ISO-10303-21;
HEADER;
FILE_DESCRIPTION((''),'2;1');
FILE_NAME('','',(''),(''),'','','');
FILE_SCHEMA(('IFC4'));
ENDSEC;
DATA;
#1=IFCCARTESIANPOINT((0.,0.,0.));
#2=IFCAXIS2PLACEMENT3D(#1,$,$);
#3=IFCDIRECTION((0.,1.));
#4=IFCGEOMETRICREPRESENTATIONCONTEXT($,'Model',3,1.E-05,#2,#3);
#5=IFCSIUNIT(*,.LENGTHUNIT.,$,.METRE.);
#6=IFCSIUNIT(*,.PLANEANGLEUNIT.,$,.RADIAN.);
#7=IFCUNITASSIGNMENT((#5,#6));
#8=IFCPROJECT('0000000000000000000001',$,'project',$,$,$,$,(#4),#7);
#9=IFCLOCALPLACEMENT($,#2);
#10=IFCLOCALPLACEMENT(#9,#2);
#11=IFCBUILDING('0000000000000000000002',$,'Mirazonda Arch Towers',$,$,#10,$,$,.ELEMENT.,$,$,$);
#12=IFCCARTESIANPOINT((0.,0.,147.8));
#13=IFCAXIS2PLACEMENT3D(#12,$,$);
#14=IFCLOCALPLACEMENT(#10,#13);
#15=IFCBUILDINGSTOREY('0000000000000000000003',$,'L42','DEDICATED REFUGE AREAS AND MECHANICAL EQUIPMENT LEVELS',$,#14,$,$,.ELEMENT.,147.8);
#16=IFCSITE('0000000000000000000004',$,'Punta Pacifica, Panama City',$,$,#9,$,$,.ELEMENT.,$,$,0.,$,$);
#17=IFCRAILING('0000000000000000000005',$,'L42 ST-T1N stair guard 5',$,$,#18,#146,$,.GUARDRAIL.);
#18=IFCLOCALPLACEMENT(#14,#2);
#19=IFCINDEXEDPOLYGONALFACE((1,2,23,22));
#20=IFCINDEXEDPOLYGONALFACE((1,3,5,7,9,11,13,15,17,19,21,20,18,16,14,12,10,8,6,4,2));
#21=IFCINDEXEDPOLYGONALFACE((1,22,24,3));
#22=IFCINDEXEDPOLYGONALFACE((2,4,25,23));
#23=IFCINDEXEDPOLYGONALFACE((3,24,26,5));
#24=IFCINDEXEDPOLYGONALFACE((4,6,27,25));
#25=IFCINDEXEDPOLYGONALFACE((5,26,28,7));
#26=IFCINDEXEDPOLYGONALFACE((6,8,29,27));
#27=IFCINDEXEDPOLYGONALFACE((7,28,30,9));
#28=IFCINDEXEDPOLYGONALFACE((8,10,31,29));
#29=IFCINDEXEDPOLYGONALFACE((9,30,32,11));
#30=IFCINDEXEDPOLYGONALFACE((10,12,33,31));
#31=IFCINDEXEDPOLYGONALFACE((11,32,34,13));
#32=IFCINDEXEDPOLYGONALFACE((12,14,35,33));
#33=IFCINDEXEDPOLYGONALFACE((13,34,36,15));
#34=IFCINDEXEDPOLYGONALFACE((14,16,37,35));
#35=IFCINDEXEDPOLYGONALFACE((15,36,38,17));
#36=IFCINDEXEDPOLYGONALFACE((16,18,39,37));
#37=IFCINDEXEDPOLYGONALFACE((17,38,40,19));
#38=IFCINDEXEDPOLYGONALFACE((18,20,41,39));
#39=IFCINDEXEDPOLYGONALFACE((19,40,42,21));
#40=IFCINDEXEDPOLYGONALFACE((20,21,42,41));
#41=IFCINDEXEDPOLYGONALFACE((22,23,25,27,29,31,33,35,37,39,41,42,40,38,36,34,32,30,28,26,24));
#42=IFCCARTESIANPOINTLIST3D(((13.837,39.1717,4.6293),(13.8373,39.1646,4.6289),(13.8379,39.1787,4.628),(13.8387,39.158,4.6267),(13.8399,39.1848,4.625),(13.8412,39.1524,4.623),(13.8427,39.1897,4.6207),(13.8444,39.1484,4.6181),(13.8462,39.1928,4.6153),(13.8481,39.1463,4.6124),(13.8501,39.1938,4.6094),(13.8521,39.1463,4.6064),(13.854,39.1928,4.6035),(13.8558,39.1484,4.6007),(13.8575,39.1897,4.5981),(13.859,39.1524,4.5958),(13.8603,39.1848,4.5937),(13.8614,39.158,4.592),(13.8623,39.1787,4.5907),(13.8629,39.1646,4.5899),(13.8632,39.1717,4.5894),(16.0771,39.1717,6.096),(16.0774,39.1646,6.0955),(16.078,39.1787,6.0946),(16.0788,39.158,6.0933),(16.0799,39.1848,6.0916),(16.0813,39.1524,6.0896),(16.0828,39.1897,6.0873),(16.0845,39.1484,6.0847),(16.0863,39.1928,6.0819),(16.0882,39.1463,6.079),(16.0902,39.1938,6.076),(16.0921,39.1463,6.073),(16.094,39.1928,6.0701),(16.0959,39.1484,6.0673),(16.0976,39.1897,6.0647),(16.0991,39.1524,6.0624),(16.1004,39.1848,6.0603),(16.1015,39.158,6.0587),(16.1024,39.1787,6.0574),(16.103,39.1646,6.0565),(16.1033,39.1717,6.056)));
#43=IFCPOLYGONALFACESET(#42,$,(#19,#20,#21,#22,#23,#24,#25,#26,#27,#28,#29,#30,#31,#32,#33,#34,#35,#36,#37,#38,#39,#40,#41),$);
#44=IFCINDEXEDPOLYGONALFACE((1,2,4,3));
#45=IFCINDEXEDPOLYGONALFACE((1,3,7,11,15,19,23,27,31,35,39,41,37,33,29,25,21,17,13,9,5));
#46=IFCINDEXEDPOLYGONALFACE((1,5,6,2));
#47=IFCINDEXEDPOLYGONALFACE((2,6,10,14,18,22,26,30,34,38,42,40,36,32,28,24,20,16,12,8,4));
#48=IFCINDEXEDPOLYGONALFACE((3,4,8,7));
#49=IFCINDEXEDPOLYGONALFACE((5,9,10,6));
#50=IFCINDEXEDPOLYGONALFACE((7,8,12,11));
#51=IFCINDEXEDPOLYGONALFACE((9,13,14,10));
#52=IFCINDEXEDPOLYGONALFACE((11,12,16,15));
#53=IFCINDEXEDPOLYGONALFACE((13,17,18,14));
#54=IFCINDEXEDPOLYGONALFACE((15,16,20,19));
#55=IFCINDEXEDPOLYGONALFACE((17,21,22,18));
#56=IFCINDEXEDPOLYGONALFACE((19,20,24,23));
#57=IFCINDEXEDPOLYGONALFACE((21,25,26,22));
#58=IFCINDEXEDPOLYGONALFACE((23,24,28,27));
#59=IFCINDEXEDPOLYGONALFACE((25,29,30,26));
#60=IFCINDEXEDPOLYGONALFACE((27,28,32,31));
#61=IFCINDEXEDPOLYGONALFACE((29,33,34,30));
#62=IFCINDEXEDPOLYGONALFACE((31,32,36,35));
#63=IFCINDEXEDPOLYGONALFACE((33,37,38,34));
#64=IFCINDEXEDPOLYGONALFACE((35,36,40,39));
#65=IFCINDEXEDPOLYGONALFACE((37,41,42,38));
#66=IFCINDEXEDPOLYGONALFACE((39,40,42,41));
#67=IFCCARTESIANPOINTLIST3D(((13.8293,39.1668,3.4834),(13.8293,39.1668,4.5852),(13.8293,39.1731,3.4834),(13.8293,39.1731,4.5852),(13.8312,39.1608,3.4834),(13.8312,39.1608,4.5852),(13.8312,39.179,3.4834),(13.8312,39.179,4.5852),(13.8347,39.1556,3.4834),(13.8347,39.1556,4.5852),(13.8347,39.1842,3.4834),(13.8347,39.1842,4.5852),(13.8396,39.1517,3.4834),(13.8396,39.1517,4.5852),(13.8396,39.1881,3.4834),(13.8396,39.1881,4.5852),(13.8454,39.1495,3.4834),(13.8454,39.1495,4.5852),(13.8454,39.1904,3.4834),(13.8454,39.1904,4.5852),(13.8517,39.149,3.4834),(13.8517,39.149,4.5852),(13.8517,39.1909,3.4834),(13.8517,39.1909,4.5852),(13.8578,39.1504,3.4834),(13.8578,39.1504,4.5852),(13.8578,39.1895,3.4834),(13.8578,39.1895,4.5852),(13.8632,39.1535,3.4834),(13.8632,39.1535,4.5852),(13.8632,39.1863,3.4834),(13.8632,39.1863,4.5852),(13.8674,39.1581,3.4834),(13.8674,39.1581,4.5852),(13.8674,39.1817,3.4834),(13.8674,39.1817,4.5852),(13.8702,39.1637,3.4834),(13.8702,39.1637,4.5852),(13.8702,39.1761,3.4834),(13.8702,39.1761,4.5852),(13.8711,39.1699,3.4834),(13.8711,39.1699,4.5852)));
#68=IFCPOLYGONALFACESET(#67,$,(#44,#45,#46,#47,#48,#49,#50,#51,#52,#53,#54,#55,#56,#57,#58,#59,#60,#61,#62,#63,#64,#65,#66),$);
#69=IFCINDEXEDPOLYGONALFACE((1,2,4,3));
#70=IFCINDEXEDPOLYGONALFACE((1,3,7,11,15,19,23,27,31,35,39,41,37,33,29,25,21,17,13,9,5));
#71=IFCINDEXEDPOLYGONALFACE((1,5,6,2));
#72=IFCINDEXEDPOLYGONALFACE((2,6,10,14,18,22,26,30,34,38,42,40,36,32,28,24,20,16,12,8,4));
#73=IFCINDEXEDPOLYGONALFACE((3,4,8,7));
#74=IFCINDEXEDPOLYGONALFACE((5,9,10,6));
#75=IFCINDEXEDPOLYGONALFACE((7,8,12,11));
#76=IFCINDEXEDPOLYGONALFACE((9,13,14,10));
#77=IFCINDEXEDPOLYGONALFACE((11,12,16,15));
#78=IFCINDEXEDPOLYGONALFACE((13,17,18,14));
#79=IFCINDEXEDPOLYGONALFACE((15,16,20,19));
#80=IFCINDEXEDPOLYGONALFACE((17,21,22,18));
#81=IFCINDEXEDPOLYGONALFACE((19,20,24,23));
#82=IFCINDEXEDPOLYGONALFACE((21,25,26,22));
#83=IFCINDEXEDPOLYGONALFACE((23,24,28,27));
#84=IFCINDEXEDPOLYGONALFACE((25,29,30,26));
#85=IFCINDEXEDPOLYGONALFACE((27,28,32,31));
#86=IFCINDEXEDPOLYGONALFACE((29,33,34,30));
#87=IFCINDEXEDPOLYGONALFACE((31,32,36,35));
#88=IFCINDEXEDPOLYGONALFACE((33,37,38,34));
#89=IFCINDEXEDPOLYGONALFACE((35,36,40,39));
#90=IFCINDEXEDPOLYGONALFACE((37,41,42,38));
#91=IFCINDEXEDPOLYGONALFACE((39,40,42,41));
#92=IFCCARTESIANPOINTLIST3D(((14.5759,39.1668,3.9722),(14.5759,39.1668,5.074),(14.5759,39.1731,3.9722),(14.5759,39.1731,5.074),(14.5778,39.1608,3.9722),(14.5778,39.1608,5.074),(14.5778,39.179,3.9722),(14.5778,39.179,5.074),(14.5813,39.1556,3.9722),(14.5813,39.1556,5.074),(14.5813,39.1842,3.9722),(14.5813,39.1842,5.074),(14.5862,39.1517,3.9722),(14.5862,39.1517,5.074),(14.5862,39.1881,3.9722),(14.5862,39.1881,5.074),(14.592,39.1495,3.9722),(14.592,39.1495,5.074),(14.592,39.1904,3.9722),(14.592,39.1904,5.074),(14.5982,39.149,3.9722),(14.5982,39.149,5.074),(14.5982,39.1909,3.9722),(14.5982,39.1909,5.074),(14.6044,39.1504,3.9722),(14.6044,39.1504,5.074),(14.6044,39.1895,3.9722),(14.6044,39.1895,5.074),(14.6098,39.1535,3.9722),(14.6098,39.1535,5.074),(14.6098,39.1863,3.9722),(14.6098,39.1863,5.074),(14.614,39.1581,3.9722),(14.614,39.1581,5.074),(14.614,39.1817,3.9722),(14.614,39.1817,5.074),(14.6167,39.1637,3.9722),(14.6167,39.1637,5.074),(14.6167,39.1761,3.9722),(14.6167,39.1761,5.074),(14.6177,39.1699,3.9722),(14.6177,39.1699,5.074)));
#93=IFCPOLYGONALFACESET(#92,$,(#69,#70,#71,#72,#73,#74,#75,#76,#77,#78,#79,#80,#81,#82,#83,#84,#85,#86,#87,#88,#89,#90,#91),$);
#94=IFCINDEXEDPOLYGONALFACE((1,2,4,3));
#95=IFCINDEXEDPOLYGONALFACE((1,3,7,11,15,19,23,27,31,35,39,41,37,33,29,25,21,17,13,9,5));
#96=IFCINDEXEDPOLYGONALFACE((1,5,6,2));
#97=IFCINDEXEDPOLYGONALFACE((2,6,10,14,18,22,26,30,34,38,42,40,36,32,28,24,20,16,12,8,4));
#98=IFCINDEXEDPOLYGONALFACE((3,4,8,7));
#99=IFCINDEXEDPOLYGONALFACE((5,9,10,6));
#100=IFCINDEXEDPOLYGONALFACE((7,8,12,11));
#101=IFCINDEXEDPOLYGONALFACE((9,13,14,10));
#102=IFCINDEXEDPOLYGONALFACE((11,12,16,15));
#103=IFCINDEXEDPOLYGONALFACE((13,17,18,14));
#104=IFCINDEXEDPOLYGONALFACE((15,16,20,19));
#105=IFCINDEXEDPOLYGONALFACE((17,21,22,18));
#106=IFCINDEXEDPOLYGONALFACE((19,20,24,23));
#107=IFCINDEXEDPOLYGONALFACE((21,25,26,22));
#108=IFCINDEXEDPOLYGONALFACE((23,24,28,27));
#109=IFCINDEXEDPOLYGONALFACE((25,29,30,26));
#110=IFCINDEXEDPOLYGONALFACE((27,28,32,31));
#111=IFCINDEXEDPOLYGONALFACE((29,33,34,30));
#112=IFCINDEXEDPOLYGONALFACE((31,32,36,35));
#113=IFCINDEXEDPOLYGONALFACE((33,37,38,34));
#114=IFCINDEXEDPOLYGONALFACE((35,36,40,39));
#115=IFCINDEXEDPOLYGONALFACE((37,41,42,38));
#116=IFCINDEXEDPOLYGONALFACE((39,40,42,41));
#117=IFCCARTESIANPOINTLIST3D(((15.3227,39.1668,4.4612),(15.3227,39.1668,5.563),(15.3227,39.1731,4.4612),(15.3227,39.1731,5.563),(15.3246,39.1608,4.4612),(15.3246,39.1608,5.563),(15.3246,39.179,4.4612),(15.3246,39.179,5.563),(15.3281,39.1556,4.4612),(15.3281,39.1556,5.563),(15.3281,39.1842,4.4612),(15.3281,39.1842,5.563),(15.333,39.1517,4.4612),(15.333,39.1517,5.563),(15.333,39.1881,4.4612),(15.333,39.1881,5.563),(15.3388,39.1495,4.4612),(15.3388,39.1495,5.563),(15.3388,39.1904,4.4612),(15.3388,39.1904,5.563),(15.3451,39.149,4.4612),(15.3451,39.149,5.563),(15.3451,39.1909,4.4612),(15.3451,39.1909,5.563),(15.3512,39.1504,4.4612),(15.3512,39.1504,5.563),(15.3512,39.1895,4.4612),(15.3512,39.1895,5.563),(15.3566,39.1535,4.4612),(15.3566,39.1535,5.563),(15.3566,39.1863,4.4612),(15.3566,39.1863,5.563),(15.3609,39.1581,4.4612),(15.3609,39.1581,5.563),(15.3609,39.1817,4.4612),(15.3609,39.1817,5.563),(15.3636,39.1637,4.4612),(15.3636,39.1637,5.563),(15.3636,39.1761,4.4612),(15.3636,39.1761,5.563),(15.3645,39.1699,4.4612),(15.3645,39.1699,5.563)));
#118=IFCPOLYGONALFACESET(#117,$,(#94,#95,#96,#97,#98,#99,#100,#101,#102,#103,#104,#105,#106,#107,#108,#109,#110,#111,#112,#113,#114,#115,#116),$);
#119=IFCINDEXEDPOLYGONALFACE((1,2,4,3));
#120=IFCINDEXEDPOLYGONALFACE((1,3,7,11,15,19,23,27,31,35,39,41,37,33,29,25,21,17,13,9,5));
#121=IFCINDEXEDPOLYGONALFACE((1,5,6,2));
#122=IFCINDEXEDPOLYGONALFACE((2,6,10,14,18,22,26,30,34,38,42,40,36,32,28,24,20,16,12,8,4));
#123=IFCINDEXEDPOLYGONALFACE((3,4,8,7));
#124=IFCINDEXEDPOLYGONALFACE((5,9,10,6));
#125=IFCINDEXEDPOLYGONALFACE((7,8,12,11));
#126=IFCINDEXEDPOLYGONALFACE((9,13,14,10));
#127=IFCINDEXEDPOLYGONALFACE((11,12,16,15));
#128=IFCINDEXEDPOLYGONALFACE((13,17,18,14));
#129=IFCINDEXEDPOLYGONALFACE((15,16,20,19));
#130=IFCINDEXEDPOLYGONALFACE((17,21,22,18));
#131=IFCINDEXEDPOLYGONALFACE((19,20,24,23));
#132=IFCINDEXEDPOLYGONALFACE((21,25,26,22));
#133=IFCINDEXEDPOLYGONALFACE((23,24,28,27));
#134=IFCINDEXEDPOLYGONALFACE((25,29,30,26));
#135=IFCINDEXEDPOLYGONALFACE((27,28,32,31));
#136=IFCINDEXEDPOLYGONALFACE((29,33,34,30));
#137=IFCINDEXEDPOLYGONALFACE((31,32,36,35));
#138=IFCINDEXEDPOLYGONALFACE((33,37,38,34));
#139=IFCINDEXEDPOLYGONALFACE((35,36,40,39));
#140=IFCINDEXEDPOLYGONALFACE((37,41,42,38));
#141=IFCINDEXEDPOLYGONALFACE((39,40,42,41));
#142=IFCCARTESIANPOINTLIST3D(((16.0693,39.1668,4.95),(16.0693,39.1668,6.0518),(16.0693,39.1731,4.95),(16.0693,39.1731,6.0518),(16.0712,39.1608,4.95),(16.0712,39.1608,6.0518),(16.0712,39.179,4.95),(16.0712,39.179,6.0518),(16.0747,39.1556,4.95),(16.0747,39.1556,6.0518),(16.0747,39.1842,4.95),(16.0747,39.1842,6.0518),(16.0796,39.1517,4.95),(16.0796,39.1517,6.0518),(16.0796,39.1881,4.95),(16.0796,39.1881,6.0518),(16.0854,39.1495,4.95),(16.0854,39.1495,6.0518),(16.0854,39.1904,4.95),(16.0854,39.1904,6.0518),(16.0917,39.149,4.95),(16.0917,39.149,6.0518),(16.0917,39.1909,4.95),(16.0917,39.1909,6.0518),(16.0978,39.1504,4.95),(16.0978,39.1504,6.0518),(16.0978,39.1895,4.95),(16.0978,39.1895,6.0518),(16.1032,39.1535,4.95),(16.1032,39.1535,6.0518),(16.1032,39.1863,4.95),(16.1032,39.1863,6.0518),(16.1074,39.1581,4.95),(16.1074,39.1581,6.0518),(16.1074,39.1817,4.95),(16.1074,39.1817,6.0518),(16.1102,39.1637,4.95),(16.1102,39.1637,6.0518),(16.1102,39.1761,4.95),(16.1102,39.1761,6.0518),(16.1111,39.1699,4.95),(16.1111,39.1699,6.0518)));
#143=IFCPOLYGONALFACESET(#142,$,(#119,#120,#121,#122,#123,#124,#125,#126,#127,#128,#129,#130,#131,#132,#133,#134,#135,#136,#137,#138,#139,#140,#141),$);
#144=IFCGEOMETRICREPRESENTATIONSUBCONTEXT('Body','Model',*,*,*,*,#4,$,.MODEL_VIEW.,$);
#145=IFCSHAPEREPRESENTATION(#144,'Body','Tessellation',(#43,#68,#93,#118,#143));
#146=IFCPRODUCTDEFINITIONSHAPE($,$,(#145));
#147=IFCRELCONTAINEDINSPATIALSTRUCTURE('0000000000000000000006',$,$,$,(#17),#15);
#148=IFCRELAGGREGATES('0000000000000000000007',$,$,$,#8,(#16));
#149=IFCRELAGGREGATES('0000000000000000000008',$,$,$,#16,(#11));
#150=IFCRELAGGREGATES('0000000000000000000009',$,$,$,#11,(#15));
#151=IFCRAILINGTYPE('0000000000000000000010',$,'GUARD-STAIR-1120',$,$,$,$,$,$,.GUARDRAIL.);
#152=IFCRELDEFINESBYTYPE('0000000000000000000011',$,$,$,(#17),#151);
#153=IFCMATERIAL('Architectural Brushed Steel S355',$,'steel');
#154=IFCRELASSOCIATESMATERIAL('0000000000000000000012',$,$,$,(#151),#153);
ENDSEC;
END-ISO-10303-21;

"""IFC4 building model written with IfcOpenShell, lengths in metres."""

from ifc_helpers import new_model, si_unit, direction, frame, origin, origin_2d, place, context, subcontext, project, spatial, circle, extrude, material, type_object, element, save


model = new_model("IFC4")

# Units and contexts
model_context = context("Model", 3, precision=1e-05, world=origin(), true_north=direction((0.0, 1.0)))
body_context = subcontext(model_context, "Body", "Model", "MODEL_VIEW")
ifc_project = project(units=[si_unit("LENGTHUNIT", "METRE"), si_unit("PLANEANGLEUNIT", "RADIAN")], contexts=[model_context])

# Site, building, storey
site_placement = place(None, origin())
site = spatial("IfcSite", under=ifc_project, at=site_placement, Name="Punta Pacifica, Panama City", CompositionType="ELEMENT", RefElevation=0.0)
building_placement = place(site_placement, origin())
building = spatial("IfcBuilding", under=site, at=building_placement, Name="Mirazonda Arch Towers", CompositionType="ELEMENT")
storey_placement = place(building_placement, frame((0.0, 0.0, 147.8)))
storey = spatial("IfcBuildingStorey", under=building, at=storey_placement, Name="L42", Description="DEDICATED REFUGE AREAS AND MECHANICAL EQUIPMENT LEVELS", CompositionType="ELEMENT", Elevation=147.8)

# Shared definitions
ifc_material_1 = material(Name="Architectural Brushed Steel S355", Category="steel")

# Railing
railing_type_1 = type_object("IfcRailingType", Name="GUARD-STAIR-1120", PredefinedType="GUARDRAIL", material=ifc_material_1)
railing_1_placement = place(storey_placement, frame((13.8501, 39.1699, 3.4834)))
element("IfcRailing", 1, at=railing_1_placement, inside=storey, type_object=railing_type_1, Name="L42 ST-T1N stair guard 5", PredefinedType="GUARDRAIL", context=body_context, shape_type="SweptSolid", body=[
    extrude(circle(Radius=0.0239, at=origin_2d()), frame((0.0, 0.0, 1.126), z_axis=(0.836637, 0.0, 0.547758), x_axis=(0.0, 1.0, 0.0)), (0.0, 0.0, 1.0), 2.6775),
    extrude(circle(Radius=0.021, at=origin_2d()), origin(), (0.0, 0.0, 1.0), 1.1018),
    extrude(circle(Radius=0.021, at=origin_2d()), frame((0.7466, 0.0, 0.4888)), (0.0, 0.0, 1.0), 1.1018),
    extrude(circle(Radius=0.021, at=origin_2d()), frame((1.4934, 0.0, 0.9778)), (0.0, 0.0, 1.0), 1.1018),
    extrude(circle(Radius=0.021, at=origin_2d()), frame((2.24, 0.0, 1.4666)), (0.0, 0.0, 1.0), 1.1018),
])

save(model, "model.ifc")
